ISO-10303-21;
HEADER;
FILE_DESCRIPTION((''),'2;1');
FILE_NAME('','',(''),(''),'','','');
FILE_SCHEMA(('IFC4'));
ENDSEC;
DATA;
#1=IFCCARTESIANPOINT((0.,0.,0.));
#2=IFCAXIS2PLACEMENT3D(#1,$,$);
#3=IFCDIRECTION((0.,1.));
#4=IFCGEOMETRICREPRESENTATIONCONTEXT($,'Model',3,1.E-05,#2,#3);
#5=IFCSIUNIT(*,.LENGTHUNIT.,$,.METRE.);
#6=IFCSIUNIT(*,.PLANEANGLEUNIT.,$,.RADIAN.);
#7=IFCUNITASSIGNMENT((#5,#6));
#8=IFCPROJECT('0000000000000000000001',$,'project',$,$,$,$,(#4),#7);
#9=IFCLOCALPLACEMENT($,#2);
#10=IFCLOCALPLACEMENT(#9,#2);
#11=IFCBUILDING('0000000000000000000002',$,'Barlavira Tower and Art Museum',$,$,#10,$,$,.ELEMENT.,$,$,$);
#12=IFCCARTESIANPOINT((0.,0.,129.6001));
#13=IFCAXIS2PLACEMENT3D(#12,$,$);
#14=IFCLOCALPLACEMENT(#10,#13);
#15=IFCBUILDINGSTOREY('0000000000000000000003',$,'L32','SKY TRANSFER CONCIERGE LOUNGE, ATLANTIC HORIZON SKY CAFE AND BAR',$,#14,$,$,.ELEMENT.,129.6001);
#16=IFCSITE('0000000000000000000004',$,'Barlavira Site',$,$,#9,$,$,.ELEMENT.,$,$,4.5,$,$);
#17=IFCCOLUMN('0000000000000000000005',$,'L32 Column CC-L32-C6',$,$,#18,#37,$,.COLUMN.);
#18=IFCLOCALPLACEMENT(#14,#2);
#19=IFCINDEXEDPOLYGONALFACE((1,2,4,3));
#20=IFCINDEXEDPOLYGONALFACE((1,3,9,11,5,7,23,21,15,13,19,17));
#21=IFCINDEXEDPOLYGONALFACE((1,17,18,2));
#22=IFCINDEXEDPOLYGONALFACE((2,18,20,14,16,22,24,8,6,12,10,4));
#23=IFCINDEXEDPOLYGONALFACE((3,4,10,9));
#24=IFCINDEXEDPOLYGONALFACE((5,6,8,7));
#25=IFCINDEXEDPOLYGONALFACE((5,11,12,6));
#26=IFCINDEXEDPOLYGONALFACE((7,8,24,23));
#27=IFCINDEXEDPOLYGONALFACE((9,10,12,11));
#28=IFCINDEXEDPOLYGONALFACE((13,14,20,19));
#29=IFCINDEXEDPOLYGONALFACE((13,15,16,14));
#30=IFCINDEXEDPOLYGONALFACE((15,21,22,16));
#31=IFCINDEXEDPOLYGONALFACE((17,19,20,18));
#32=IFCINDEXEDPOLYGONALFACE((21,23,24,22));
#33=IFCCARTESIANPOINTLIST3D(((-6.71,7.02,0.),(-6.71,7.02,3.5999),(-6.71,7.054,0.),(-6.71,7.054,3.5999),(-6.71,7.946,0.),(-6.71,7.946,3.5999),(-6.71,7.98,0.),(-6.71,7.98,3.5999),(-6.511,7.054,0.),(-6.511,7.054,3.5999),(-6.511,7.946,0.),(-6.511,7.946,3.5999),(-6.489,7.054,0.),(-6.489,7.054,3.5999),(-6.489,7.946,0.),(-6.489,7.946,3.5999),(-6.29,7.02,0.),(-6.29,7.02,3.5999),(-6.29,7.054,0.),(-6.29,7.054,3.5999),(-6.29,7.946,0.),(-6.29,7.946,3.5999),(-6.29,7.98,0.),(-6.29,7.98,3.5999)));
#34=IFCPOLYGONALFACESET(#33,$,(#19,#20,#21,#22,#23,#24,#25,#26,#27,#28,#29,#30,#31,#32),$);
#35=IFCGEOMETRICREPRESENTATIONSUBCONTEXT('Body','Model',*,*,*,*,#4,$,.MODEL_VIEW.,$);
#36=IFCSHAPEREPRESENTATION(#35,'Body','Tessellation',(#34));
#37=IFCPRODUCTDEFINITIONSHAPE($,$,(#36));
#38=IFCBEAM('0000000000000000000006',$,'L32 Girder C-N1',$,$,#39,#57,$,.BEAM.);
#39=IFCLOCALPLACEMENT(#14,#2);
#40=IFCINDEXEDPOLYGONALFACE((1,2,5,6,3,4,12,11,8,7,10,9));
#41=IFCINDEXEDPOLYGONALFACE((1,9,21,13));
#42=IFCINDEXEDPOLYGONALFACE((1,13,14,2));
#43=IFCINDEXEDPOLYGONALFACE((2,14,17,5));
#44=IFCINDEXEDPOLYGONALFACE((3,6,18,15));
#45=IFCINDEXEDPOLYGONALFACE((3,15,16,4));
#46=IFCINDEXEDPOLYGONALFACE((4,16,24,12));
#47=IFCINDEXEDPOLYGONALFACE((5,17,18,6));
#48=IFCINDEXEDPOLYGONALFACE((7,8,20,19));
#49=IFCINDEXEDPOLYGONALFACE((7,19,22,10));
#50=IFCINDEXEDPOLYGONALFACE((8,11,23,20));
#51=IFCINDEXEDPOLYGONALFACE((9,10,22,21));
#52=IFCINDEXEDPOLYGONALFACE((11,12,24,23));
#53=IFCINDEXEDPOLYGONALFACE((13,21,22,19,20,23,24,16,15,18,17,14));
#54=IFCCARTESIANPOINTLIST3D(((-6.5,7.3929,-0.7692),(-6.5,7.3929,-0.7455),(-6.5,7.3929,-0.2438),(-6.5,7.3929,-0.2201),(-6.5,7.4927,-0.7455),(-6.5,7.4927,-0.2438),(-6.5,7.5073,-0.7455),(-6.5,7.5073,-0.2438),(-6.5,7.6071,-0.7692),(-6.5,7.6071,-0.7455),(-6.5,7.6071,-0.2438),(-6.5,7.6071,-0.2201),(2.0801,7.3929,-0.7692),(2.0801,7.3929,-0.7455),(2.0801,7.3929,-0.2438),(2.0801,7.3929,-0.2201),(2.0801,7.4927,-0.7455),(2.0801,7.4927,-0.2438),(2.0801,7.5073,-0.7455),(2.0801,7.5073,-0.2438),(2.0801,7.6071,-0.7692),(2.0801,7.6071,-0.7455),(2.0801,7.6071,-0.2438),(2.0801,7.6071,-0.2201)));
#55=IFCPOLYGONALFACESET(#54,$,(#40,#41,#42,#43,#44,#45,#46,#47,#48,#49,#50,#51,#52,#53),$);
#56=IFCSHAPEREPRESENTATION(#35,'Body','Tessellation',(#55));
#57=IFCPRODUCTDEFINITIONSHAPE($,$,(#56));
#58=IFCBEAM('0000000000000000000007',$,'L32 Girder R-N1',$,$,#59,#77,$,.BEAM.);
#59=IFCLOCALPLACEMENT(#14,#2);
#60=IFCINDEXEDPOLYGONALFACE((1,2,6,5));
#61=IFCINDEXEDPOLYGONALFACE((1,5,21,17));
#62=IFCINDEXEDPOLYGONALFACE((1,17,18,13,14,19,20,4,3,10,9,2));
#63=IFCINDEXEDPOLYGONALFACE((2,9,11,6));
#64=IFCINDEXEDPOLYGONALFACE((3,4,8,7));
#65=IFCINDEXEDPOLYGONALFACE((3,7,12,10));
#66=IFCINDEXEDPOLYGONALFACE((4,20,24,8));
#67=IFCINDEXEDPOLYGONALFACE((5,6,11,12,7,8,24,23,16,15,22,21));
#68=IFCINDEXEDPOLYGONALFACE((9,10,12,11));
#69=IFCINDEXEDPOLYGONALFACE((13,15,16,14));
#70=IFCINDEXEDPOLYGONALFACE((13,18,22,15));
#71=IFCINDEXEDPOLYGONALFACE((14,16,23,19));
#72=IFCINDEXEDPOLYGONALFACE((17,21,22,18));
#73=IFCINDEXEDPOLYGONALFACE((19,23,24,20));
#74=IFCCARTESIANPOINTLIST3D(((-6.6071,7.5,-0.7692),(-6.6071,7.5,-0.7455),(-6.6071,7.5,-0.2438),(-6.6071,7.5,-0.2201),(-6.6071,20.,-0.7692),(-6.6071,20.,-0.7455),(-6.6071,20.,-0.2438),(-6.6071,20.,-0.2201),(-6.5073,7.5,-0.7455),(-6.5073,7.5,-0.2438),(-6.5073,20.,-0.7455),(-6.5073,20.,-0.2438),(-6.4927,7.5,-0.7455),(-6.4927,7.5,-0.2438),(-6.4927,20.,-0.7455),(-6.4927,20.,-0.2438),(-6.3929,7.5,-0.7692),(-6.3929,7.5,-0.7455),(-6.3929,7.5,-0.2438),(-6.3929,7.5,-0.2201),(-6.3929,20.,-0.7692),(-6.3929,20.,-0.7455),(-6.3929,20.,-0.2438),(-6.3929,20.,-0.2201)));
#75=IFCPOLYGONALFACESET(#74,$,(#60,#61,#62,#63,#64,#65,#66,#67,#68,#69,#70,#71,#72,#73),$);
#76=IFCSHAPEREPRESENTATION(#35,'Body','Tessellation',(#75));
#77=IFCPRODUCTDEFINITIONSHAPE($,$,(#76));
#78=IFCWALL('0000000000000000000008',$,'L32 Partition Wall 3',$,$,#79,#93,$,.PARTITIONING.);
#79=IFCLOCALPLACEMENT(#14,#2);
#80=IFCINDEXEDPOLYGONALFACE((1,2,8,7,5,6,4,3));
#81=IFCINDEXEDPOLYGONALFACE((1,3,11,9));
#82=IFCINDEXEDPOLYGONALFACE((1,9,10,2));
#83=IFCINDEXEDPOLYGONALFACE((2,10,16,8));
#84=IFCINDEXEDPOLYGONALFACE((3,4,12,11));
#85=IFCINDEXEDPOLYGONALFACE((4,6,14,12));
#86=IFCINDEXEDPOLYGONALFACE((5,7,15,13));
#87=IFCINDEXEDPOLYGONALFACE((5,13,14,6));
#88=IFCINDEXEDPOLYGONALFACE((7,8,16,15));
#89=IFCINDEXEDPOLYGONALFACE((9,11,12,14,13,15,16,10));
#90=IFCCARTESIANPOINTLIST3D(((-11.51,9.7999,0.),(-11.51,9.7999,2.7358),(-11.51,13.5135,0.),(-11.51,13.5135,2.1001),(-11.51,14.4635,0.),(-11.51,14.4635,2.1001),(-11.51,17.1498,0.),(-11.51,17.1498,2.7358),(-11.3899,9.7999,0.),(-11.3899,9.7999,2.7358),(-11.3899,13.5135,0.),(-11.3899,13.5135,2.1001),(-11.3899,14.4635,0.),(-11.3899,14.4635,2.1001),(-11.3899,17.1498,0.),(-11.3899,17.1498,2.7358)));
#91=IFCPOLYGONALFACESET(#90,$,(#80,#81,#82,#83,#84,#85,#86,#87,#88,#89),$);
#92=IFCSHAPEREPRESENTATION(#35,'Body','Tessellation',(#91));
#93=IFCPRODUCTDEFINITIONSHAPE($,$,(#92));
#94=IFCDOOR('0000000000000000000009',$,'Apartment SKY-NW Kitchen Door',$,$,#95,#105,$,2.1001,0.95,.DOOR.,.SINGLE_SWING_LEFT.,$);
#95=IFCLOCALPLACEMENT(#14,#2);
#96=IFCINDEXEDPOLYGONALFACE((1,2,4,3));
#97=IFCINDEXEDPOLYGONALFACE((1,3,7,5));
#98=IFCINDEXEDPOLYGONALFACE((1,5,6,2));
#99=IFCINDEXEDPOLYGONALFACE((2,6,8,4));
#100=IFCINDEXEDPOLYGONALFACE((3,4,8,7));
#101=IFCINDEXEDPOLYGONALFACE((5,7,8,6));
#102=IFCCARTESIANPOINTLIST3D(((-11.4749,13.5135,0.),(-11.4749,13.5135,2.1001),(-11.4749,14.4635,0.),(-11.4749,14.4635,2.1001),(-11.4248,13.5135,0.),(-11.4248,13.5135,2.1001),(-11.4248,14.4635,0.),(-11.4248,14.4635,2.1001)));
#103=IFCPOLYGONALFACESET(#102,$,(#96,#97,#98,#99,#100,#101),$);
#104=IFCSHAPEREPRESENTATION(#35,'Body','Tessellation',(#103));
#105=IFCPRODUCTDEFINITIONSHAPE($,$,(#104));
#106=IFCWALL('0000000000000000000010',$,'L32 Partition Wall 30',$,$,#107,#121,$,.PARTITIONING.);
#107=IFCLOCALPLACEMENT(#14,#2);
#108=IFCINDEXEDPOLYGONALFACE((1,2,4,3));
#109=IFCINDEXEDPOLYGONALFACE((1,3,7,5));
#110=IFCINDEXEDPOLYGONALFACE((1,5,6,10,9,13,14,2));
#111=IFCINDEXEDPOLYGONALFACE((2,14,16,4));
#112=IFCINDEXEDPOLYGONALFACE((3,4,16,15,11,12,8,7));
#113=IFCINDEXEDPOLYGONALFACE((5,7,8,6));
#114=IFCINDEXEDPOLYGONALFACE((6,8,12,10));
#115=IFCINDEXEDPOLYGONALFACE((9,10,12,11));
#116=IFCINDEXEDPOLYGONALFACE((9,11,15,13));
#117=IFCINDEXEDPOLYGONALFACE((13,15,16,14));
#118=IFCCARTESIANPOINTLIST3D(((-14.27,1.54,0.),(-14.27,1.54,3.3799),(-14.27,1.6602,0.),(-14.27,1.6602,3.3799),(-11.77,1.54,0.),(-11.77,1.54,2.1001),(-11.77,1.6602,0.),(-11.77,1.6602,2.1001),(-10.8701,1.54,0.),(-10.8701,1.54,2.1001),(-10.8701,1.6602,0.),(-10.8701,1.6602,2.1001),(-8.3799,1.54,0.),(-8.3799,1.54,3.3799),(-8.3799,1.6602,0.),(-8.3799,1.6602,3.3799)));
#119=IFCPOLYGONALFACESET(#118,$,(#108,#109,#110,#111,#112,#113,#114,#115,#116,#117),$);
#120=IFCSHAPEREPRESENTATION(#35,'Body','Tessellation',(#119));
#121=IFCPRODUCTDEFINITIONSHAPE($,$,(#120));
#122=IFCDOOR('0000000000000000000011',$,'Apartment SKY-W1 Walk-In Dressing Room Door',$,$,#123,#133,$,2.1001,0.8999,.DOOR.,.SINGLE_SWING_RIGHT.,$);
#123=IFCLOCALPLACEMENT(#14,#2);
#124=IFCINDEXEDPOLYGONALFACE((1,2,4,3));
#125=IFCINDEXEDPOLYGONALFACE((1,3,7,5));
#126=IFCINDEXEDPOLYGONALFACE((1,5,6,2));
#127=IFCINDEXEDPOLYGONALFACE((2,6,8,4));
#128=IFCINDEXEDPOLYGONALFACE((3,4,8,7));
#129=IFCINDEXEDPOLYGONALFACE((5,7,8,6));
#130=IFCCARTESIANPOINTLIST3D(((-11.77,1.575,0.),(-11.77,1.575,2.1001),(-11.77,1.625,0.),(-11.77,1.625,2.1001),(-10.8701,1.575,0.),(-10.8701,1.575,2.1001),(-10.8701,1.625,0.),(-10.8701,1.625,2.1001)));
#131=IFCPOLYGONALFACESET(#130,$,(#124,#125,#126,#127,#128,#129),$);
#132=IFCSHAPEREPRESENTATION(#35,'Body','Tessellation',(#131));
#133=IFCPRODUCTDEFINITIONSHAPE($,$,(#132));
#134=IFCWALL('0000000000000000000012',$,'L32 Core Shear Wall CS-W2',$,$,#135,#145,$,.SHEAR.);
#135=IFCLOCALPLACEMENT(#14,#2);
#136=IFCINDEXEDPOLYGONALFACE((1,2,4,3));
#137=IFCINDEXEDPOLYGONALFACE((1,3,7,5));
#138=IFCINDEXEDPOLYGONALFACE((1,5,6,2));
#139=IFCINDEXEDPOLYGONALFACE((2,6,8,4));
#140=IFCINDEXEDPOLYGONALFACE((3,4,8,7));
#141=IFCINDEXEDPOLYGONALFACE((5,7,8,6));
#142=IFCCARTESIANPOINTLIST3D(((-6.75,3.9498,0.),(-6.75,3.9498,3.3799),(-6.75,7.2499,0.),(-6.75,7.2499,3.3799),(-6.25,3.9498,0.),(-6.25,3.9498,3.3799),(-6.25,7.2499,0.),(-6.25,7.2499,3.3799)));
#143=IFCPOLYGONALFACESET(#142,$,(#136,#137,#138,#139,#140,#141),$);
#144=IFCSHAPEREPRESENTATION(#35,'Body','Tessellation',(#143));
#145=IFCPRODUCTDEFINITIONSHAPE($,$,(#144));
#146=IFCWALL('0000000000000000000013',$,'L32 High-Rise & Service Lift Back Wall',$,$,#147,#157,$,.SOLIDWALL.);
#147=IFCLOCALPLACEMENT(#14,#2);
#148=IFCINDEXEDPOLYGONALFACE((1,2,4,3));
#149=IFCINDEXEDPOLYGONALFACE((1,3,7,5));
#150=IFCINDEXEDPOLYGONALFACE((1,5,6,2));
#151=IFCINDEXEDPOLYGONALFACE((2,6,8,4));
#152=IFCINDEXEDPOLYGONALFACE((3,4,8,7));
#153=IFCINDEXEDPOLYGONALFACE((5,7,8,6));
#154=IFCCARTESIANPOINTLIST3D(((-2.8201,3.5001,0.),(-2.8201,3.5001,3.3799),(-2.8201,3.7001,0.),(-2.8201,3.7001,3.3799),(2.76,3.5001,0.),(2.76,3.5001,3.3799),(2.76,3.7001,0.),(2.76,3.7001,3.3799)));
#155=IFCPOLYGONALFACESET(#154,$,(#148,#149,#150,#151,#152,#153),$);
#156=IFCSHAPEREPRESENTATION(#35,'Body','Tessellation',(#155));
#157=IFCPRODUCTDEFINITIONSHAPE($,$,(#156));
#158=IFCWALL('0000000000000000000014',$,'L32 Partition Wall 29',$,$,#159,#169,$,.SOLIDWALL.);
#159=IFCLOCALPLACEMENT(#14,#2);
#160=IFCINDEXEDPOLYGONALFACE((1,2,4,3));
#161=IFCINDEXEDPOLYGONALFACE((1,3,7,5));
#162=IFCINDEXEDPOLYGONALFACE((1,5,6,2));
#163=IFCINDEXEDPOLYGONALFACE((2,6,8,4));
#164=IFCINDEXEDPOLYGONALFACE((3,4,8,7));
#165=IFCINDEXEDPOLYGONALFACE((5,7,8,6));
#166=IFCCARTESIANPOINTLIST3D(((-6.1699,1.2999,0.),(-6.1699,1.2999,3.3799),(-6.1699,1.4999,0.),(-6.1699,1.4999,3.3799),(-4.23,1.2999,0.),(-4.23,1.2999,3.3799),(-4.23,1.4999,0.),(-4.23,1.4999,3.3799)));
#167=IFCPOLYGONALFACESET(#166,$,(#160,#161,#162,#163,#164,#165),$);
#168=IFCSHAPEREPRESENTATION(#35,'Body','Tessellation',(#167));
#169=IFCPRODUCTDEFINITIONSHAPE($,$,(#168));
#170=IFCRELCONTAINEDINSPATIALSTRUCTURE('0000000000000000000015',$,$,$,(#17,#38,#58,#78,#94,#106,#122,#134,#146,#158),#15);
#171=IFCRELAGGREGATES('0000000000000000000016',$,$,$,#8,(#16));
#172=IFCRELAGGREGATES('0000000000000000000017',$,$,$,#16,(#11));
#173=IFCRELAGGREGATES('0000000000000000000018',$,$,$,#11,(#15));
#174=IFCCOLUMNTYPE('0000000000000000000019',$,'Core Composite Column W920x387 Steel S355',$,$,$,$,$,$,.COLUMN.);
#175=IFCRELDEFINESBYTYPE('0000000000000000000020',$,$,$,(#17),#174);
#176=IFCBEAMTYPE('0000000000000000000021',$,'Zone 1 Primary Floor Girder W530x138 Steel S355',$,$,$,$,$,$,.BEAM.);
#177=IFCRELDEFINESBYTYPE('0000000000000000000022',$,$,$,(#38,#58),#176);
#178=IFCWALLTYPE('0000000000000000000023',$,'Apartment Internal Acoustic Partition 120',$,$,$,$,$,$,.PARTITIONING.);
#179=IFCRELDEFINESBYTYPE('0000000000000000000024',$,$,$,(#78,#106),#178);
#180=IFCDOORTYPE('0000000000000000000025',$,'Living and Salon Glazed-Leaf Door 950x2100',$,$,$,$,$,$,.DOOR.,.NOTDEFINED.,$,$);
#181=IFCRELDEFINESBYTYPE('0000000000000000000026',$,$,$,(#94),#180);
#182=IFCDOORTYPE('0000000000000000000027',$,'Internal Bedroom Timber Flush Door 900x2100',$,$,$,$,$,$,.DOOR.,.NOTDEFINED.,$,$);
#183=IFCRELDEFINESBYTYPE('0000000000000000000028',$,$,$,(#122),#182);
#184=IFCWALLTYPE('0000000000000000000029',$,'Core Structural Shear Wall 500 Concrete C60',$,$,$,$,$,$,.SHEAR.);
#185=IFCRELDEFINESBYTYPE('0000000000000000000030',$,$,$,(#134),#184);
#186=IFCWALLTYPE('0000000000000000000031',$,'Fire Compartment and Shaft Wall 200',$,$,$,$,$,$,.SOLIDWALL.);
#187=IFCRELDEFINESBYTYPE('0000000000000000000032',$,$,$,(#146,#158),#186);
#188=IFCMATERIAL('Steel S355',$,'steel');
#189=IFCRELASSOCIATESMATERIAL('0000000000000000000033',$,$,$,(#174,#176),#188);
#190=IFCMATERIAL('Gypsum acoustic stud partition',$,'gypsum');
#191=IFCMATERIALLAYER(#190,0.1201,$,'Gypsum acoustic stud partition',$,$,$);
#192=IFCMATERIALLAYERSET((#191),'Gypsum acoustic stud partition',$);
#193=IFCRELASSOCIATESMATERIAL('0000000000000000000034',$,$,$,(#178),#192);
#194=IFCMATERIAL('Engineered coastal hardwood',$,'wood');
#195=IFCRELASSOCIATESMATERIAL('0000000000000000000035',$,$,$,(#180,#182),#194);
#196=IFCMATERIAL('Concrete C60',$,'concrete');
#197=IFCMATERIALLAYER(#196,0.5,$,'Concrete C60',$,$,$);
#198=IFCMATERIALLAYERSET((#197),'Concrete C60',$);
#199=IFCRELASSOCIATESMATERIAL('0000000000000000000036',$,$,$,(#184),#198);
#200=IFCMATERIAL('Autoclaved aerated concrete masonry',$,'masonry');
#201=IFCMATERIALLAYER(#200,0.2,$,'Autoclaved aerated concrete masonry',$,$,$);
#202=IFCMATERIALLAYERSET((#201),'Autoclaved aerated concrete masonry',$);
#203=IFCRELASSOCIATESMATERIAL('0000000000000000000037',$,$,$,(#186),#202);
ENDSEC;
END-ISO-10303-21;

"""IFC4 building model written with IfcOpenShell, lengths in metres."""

from ifc_helpers import new_model, si_unit, direction, frame, frame_2d, origin, origin_2d, place, context, subcontext, project, spatial, rectangle, i_section, extrude, material, layer, layer_set, material_profile, profile_set, type_object, element, fill, save


model = new_model("IFC4")

# Units and contexts
model_context = context("Model", 3, precision=1e-05, world=origin(), true_north=direction((0.0, 1.0)))
body_context = subcontext(model_context, "Body", "Model", "MODEL_VIEW")
ifc_project = project(units=[si_unit("LENGTHUNIT", "METRE"), si_unit("PLANEANGLEUNIT", "RADIAN")], contexts=[model_context])

# Site, building, storey
site_placement = place(None, origin())
site = spatial("IfcSite", under=ifc_project, at=site_placement, Name="Barlavira Site", CompositionType="ELEMENT", RefElevation=4.5)
building_placement = place(site_placement, origin())
building = spatial("IfcBuilding", under=site, at=building_placement, Name="Barlavira Tower and Art Museum", CompositionType="ELEMENT")
storey_placement = place(building_placement, frame((0.0, 0.0, 129.6001)))
storey = spatial("IfcBuildingStorey", under=building, at=storey_placement, Name="L32", Description="SKY TRANSFER CONCIERGE LOUNGE, ATLANTIC HORIZON SKY CAFE AND BAR", CompositionType="ELEMENT", Elevation=129.6001)

# Column
ifc_material_1 = material(Name="Steel S355", Category="steel")
ifc_material_profile_1 = material_profile(ifc_material_1, i_section(OverallWidth=0.4199, OverallDepth=0.96, WebThickness=0.022, FlangeThickness=0.0339, at=origin_2d()), Name="W920x387.0")
ifc_profile_set_1 = profile_set([ifc_material_profile_1], Name="Steel S355")
column_type = type_object("IfcColumnType", Name="Core Composite Column W920x387 Steel S355", PredefinedType="COLUMN", material=ifc_profile_set_1)
column_placement = place(storey_placement, frame((-6.5, 7.5, 0.0), z_axis=(0.0, 0.0, 1.0), x_axis=(1.0, 0.0, 0.0)))
element("IfcColumn", 1, at=column_placement, inside=storey, type_object=column_type, Name="L32 Column CC-L32-C6", PredefinedType="COLUMN", context=body_context, shape_type="SweptSolid", body=[
    extrude(i_section(OverallWidth=0.4199, OverallDepth=0.96, WebThickness=0.022, FlangeThickness=0.0339, at=origin_2d()), origin(), (0.0, 0.0, 1.0), 3.5999),
])

# Beams
ifc_material_profile_2 = material_profile(ifc_material_1, i_section(OverallWidth=0.2141, OverallDepth=0.5491, WebThickness=0.0146, FlangeThickness=0.0237, at=origin_2d()), Name="W530x138.0")
ifc_profile_set_2 = profile_set([ifc_material_profile_2], Name="Steel S355")
beam_type = type_object("IfcBeamType", Name="Zone 1 Primary Floor Girder W530x138 Steel S355", PredefinedType="BEAM", material=ifc_profile_set_2)
beam_1_placement = place(storey_placement, frame((-6.5, 7.5, -0.4946), z_axis=(1.0, 0.0, 0.0), x_axis=(0.0, 1.0, 0.0)))
element("IfcBeam", 2, at=beam_1_placement, inside=storey, type_object=beam_type, Name="L32 Girder C-N1", PredefinedType="BEAM", context=body_context, shape_type="SweptSolid", body=[
    extrude(i_section(OverallWidth=0.2141, OverallDepth=0.5491, WebThickness=0.0146, FlangeThickness=0.0237, at=origin_2d()), origin(), (0.0, 0.0, 1.0), 8.5801),
])
beam_2_placement = place(storey_placement, frame((-6.5, 7.5, -0.4946), z_axis=(0.0, 1.0, 0.0), x_axis=(-1.0, 0.0, 0.0)))
element("IfcBeam", 3, at=beam_2_placement, inside=storey, type_object=beam_type, Name="L32 Girder R-N1", PredefinedType="BEAM", context=body_context, shape_type="SweptSolid", body=[
    extrude(i_section(OverallWidth=0.2141, OverallDepth=0.5491, WebThickness=0.0146, FlangeThickness=0.0237, at=origin_2d()), origin(), (0.0, 0.0, 1.0), 12.5),
])

# Walls, openings, doors
ifc_material_2 = material(Name="Gypsum acoustic stud partition", Category="gypsum")
ifc_layer_1 = layer(ifc_material_2, 0.1201, Name="Gypsum acoustic stud partition")
ifc_layer_set_1 = layer_set([ifc_layer_1], Name="Gypsum acoustic stud partition")
wall_type_1 = type_object("IfcWallType", Name="Apartment Internal Acoustic Partition 120", PredefinedType="PARTITIONING", material=ifc_layer_set_1)
wall_1_placement = place(storey_placement, frame((-11.45, 9.8, 0.0), z_axis=(0.0, 0.0, 1.0), x_axis=(0.0, 1.0, 0.0)))
wall_1 = element("IfcWall", 4, at=wall_1_placement, inside=storey, type_object=wall_type_1, Name="L32 Partition Wall 3", PredefinedType="PARTITIONING", context=body_context, shape_type="SweptSolid", body=[
    extrude(rectangle(XDim=7.3499, YDim=0.1201, at=frame_2d((3.6748, 0.0))), origin(), (0.0, 0.0, 1.0), 2.7358),
])
opening_1_placement = place(wall_1_placement, frame((3.7134, 0.0, 0.0)))
opening_1 = element("IfcOpeningElement", 5, at=opening_1_placement, cuts=wall_1, PredefinedType="OPENING", context=body_context, shape_type="SweptSolid", body=[
    extrude(rectangle(XDim=0.95, YDim=2.1001, at=frame_2d((0.4751, 1.05))), frame((0.0, 0.0701, 0.0), z_axis=(0.0, -1.0, 0.0), x_axis=(1.0, 0.0, 0.0)), (0.0, 0.0, 1.0), 0.1401),
])
ifc_material_3 = material(Name="Engineered coastal hardwood", Category="wood")
door_type_1 = type_object("IfcDoorType", Name="Living and Salon Glazed-Leaf Door 950x2100", OperationType="NOTDEFINED", PredefinedType="DOOR", material=ifc_material_3)
door_1_placement = place(opening_1_placement, origin())
door_1 = element("IfcDoor", 6, at=door_1_placement, inside=storey, type_object=door_type_1, Name="Apartment SKY-NW Kitchen Door", OperationType="SINGLE_SWING_LEFT", OverallHeight=2.1001, OverallWidth=0.95, PredefinedType="DOOR", context=body_context, shape_type="SweptSolid", body=[
    extrude(rectangle(XDim=0.95, YDim=2.1001, at=frame_2d((0.4751, 1.05))), frame((0.0, 0.0249, 0.0), z_axis=(0.0, -1.0, 0.0), x_axis=(1.0, 0.0, 0.0)), (0.0, 0.0, 1.0), 0.05),
])
fill(opening_1, door_1)
wall_2_placement = place(storey_placement, frame((-14.27, 1.6001, 0.0), z_axis=(0.0, 0.0, 1.0), x_axis=(1.0, 0.0, 0.0)))
wall_2 = element("IfcWall", 7, at=wall_2_placement, inside=storey, type_object=wall_type_1, Name="L32 Partition Wall 30", PredefinedType="PARTITIONING", context=body_context, shape_type="SweptSolid", body=[
    extrude(rectangle(XDim=5.8901, YDim=0.1201, at=frame_2d((2.9451, 0.0))), origin(), (0.0, 0.0, 1.0), 3.3799),
])
opening_2_placement = place(wall_2_placement, frame((2.5, 0.0, 0.0)))
opening_2 = element("IfcOpeningElement", 8, at=opening_2_placement, cuts=wall_2, PredefinedType="OPENING", context=body_context, shape_type="SweptSolid", body=[
    extrude(rectangle(XDim=0.8999, YDim=2.1001, at=frame_2d((0.45, 1.05))), frame((0.0, 0.0701, 0.0), z_axis=(0.0, -1.0, 0.0), x_axis=(1.0, 0.0, 0.0)), (0.0, 0.0, 1.0), 0.1401),
])
door_type_2 = type_object("IfcDoorType", Name="Internal Bedroom Timber Flush Door 900x2100", OperationType="NOTDEFINED", PredefinedType="DOOR", material=ifc_material_3)
door_2_placement = place(opening_2_placement, origin())
door_2 = element("IfcDoor", 9, at=door_2_placement, inside=storey, type_object=door_type_2, Name="Apartment SKY-W1 Walk-In Dressing Room Door", OperationType="SINGLE_SWING_RIGHT", OverallHeight=2.1001, OverallWidth=0.8999, PredefinedType="DOOR", context=body_context, shape_type="SweptSolid", body=[
    extrude(rectangle(XDim=0.8999, YDim=2.1001, at=frame_2d((0.45, 1.05))), frame((0.0, 0.0249, 0.0), z_axis=(0.0, -1.0, 0.0), x_axis=(1.0, 0.0, 0.0)), (0.0, 0.0, 1.0), 0.05),
])
fill(opening_2, door_2)
ifc_material_4 = material(Name="Concrete C60", Category="concrete")
ifc_layer_2 = layer(ifc_material_4, 0.5, Name="Concrete C60")
ifc_layer_set_2 = layer_set([ifc_layer_2], Name="Concrete C60")
wall_type_2 = type_object("IfcWallType", Name="Core Structural Shear Wall 500 Concrete C60", PredefinedType="SHEAR", material=ifc_layer_set_2)

# Walls
wall_3_placement = place(storey_placement, frame((-6.5, 3.95, 0.0), z_axis=(0.0, 0.0, 1.0), x_axis=(0.0, 1.0, 0.0)))
element("IfcWall", 10, at=wall_3_placement, inside=storey, type_object=wall_type_2, Name="L32 Core Shear Wall CS-W2", PredefinedType="SHEAR", context=body_context, shape_type="SweptSolid", body=[
    extrude(rectangle(XDim=3.3, YDim=0.5, at=frame_2d((1.6499, 0.0))), origin(), (0.0, 0.0, 1.0), 3.3799),
])
ifc_material_5 = material(Name="Autoclaved aerated concrete masonry", Category="masonry")
ifc_layer_3 = layer(ifc_material_5, 0.2, Name="Autoclaved aerated concrete masonry")
ifc_layer_set_3 = layer_set([ifc_layer_3], Name="Autoclaved aerated concrete masonry")
wall_type_3 = type_object("IfcWallType", Name="Fire Compartment and Shaft Wall 200", PredefinedType="SOLIDWALL", material=ifc_layer_set_3)
wall_4_placement = place(storey_placement, frame((-2.8201, 3.6001, 0.0), z_axis=(0.0, 0.0, 1.0), x_axis=(1.0, 0.0, 0.0)))
element("IfcWall", 11, at=wall_4_placement, inside=storey, type_object=wall_type_3, Name="L32 High-Rise & Service Lift Back Wall", PredefinedType="SOLIDWALL", context=body_context, shape_type="SweptSolid", body=[
    extrude(rectangle(XDim=5.5801, YDim=0.2, at=frame_2d((2.79, 0.0))), origin(), (0.0, 0.0, 1.0), 3.3799),
])
for number, where, z_axis, x_axis, name in (
    (12, (-6.1699, 1.3999, 0.0), (0.0, 0.0, 1.0), (1.0, 0.0, 0.0), "L32 Partition Wall 29"),
):
    element("IfcWall", number, at=place(storey_placement, frame(where, z_axis=z_axis, x_axis=x_axis)), inside=storey, type_object=wall_type_3, Name=name, PredefinedType="SOLIDWALL", context=body_context, shape_type="SweptSolid", body=[
        extrude(rectangle(XDim=1.9399, YDim=0.2, at=frame_2d((0.97, 0.0))), origin(), (0.0, 0.0, 1.0), 3.3799),
    ])

save(model, "model.ifc")
